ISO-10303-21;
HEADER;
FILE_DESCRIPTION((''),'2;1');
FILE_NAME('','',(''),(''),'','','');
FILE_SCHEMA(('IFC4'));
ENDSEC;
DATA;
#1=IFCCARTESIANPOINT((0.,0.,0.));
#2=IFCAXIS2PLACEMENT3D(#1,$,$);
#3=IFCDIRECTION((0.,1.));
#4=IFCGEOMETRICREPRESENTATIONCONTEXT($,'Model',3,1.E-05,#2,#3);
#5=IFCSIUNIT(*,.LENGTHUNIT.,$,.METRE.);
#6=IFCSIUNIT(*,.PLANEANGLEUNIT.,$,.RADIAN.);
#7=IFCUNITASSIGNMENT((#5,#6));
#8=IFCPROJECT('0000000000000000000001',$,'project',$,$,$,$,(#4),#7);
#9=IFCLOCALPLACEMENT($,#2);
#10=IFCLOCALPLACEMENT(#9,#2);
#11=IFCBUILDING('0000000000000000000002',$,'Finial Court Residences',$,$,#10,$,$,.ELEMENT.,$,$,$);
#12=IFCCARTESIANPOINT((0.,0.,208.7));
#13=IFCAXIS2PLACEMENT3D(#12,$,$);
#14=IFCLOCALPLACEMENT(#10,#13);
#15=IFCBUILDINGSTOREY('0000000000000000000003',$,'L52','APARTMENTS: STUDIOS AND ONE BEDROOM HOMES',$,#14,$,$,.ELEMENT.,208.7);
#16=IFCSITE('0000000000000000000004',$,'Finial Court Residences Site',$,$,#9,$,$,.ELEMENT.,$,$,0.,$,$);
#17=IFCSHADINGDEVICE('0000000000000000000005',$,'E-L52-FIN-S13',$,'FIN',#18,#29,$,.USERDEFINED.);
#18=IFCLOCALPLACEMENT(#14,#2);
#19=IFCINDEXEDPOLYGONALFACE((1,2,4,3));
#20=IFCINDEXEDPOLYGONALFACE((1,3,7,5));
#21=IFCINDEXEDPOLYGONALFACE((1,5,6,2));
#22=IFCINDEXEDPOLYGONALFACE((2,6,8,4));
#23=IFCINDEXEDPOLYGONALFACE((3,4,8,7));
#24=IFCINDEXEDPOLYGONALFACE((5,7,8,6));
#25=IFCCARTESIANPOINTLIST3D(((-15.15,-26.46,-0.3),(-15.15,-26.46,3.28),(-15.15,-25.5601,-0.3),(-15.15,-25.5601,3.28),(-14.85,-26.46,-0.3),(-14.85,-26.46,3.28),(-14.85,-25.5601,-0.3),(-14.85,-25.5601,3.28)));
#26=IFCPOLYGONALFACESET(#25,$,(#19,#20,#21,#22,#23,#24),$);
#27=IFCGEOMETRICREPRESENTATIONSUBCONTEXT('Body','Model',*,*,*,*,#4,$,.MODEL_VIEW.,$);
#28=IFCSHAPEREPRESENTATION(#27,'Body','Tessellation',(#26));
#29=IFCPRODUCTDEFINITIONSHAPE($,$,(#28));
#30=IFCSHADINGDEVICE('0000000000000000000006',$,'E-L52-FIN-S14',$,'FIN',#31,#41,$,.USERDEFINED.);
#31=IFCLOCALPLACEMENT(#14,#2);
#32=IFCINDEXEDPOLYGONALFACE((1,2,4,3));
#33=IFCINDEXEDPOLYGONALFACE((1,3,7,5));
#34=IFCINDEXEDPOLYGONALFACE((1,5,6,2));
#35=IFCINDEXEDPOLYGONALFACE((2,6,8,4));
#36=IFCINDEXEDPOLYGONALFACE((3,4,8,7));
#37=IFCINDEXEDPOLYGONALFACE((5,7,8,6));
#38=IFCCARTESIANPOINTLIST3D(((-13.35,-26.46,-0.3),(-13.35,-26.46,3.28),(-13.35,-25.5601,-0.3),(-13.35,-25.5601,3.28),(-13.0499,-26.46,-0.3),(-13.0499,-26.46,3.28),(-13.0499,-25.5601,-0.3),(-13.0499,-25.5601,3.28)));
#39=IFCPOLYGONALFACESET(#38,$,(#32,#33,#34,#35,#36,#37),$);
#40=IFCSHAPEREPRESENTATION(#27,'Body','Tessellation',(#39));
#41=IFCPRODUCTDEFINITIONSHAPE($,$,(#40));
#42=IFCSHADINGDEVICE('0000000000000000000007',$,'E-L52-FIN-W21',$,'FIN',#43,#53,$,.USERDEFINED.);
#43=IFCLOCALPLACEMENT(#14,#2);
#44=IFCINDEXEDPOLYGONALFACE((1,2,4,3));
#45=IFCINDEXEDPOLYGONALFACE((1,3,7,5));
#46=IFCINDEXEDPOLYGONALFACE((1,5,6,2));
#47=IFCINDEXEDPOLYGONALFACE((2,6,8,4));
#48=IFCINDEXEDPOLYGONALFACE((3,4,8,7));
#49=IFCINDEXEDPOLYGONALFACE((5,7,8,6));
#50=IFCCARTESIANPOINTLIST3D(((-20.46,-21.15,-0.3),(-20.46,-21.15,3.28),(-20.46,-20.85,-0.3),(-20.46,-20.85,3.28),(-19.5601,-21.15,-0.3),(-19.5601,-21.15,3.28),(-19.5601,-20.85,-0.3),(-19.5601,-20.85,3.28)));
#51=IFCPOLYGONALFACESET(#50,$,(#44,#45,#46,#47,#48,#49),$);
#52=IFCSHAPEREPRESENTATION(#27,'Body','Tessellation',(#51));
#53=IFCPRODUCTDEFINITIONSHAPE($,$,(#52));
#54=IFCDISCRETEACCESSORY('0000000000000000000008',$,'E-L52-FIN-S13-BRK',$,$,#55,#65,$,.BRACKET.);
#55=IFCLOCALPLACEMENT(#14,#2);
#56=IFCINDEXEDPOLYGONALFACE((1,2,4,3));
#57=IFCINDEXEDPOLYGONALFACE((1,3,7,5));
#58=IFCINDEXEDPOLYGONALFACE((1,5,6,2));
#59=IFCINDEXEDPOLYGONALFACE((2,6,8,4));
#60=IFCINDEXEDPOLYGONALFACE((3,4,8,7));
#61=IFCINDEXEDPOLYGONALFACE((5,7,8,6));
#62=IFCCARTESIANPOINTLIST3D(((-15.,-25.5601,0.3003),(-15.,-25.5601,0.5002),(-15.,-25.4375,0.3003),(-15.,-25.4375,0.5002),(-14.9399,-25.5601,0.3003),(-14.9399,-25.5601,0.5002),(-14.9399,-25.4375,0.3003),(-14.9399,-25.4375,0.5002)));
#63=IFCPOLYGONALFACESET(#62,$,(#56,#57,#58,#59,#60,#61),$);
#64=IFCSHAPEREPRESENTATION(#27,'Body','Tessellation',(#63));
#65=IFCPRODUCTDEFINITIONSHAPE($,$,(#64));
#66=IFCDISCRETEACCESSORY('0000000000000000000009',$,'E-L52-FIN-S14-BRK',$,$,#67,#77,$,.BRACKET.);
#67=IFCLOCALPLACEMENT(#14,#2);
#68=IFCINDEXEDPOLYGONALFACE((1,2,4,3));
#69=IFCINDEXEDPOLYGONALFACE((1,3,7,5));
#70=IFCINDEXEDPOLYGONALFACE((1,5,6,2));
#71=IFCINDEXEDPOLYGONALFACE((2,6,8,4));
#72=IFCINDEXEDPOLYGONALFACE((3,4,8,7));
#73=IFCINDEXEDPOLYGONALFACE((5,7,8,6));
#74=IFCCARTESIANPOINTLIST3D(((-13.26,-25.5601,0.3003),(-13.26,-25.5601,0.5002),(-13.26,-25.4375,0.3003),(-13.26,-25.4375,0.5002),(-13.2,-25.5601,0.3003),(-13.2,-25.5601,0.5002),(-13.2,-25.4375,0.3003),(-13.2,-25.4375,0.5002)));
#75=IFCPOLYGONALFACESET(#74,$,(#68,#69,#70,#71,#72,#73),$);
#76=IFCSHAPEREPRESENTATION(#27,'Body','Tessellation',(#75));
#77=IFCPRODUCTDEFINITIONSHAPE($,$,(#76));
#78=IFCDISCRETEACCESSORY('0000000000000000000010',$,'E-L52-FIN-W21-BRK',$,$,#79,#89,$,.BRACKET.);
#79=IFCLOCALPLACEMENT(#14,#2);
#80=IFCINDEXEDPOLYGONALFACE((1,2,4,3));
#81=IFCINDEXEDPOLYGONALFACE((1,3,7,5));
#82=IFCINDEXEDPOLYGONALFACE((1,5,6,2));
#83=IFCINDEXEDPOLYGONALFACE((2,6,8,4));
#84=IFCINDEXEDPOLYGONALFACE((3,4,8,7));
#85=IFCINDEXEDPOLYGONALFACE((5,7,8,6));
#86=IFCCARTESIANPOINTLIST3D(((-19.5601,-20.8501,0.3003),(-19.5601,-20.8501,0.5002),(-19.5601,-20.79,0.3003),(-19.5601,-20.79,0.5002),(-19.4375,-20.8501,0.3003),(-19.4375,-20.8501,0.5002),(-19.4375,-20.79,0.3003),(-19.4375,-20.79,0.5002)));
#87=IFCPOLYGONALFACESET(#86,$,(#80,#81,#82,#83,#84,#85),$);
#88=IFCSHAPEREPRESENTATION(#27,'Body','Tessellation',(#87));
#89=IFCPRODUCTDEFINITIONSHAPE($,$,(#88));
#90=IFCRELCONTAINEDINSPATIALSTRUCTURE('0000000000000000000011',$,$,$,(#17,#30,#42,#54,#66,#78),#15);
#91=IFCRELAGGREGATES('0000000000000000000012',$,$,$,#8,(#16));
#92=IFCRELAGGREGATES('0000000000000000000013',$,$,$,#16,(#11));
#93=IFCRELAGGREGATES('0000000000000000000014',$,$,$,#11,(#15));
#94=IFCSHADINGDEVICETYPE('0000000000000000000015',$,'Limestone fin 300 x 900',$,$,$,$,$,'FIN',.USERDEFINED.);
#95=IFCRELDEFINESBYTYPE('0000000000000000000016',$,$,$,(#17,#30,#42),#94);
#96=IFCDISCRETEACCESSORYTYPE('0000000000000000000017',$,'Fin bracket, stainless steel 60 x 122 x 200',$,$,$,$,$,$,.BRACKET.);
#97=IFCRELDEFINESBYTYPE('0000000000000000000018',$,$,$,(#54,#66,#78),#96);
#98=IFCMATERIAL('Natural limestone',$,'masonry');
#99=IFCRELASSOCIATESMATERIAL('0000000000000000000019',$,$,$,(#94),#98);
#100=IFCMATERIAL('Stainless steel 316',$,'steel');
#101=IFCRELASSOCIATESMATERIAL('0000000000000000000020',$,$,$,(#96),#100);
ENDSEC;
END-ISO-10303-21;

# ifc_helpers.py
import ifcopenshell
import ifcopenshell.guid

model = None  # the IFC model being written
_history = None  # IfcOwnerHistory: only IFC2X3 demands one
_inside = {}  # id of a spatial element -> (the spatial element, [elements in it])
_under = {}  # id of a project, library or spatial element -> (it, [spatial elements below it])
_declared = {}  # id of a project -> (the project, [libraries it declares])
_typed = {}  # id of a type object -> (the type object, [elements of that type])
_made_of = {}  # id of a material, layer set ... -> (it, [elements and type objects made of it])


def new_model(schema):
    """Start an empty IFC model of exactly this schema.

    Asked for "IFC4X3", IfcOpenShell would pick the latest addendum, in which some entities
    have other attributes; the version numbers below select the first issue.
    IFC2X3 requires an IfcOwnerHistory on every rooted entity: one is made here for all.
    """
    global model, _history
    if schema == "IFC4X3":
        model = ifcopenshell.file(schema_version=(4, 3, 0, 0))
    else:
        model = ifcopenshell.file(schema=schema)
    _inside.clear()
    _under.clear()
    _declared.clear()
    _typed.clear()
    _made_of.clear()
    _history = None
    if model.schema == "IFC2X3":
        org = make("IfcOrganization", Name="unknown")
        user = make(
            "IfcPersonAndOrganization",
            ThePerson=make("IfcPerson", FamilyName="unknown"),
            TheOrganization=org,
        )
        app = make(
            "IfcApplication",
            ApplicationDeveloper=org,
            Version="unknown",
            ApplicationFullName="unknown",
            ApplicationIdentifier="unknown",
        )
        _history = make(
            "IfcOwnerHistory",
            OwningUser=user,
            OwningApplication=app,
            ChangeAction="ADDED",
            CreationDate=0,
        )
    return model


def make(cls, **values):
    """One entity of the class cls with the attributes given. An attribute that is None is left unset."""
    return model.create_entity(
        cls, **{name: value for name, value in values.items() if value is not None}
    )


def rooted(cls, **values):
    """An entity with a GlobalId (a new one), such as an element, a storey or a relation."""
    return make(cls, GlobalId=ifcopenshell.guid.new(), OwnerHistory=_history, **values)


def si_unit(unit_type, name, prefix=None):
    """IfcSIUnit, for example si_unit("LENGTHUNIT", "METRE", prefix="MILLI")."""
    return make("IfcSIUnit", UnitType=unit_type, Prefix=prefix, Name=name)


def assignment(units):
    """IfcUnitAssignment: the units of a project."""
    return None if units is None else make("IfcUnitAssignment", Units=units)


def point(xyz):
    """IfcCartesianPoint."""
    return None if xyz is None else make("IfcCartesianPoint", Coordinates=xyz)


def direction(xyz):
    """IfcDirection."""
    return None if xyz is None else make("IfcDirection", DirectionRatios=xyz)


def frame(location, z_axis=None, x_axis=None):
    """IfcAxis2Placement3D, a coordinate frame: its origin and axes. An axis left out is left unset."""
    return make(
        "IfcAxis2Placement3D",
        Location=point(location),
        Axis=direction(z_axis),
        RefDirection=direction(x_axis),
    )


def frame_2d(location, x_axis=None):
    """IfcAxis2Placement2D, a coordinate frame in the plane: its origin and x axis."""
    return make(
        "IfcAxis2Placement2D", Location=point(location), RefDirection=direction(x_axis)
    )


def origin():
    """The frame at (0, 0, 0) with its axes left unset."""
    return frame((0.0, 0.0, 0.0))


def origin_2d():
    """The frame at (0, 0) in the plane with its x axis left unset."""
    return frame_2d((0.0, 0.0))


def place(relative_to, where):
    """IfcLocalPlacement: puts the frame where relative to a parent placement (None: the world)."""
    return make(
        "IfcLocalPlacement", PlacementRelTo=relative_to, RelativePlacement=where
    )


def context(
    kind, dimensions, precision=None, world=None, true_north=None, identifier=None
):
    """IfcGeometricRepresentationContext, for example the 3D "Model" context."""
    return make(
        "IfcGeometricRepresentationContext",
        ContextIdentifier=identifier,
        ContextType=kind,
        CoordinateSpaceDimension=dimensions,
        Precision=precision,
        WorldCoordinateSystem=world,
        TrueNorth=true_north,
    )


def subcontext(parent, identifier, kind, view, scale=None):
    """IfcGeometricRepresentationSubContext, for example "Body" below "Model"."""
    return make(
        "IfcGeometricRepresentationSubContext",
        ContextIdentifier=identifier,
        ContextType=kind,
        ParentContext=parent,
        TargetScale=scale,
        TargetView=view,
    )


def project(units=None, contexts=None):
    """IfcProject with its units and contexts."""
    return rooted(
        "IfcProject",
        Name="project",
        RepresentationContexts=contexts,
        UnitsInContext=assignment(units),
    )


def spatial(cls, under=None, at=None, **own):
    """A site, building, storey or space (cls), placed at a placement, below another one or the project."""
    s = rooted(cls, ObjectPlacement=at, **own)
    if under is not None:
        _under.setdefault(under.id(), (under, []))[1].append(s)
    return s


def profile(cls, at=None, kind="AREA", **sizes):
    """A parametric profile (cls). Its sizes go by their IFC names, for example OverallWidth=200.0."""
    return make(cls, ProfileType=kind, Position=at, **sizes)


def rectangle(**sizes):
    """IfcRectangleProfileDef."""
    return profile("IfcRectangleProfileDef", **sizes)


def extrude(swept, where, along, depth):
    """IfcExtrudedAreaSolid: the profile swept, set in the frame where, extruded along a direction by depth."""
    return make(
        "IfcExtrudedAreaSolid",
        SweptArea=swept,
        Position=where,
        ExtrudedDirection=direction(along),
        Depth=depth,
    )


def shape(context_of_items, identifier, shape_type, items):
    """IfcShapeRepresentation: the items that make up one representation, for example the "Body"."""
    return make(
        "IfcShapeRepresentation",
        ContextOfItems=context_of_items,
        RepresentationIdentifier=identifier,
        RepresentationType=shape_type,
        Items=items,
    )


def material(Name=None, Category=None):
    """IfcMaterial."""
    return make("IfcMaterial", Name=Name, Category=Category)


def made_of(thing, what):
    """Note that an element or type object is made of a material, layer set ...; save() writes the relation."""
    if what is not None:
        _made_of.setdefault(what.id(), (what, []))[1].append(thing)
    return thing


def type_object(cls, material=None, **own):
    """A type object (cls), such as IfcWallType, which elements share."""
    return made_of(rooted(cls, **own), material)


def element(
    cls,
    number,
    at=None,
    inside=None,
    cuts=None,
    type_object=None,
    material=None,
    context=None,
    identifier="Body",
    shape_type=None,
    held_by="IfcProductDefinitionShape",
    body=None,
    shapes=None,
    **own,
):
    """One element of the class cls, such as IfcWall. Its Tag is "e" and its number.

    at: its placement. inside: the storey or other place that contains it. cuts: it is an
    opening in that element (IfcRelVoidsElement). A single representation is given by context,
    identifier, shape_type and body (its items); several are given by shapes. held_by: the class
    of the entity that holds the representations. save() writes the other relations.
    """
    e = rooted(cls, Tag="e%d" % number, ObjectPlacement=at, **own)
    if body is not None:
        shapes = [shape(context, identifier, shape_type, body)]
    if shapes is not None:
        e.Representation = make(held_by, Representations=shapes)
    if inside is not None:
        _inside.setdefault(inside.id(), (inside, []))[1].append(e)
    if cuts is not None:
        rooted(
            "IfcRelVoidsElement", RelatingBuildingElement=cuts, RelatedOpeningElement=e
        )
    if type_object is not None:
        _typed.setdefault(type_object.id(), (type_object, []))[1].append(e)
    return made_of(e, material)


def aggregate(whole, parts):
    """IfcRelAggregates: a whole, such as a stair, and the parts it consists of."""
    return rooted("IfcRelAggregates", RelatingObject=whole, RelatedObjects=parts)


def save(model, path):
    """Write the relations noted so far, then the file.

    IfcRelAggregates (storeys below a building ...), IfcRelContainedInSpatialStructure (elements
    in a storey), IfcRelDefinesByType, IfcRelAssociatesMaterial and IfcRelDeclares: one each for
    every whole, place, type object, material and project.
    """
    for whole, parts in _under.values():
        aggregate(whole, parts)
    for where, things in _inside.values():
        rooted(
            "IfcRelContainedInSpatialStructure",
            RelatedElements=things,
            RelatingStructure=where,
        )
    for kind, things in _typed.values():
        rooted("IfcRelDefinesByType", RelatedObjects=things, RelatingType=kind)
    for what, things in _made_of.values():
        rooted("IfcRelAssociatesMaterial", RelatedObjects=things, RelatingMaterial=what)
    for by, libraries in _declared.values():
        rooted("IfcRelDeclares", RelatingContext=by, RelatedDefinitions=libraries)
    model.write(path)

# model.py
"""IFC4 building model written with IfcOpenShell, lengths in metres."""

from ifc_helpers import new_model, si_unit, direction, frame, origin, origin_2d, place, context, subcontext, project, spatial, rectangle, extrude, material, type_object, element, save


model = new_model("IFC4")

# Units and contexts
model_context = context("Model", 3, precision=1e-05, world=origin(), true_north=direction((0.0, 1.0)))
body_context = subcontext(model_context, "Body", "Model", "MODEL_VIEW")
ifc_project = project(units=[si_unit("LENGTHUNIT", "METRE"), si_unit("PLANEANGLEUNIT", "RADIAN")], contexts=[model_context])

# Site, building, storey
site_placement = place(None, origin())
site = spatial("IfcSite", under=ifc_project, at=site_placement, Name="Finial Court Residences Site", CompositionType="ELEMENT", RefElevation=0.0)
building_placement = place(site_placement, origin())
building = spatial("IfcBuilding", under=site, at=building_placement, Name="Finial Court Residences", CompositionType="ELEMENT")
storey_placement = place(building_placement, frame((0.0, 0.0, 208.7)))
storey = spatial("IfcBuildingStorey", under=building, at=storey_placement, Name="L52", Description="APARTMENTS: STUDIOS AND ONE BEDROOM HOMES", CompositionType="ELEMENT", Elevation=208.7)

# Shared definitions
ifc_material_1 = material(Name="Natural limestone", Category="masonry")

# Shading devices
shading_device_type = type_object("IfcShadingDeviceType", Name="Limestone fin 300 x 900", ElementType="FIN", PredefinedType="USERDEFINED", material=ifc_material_1)
for number, where, z_axis, x_axis, name in (
    (1, (-15.0, -26.01, -0.3), (0.0, 0.0, 1.0), (1.0, 0.0, 0.0), "E-L52-FIN-S13"),
    (2, (-13.2, -26.01, -0.3), (0.0, 0.0, 1.0), (1.0, 0.0, 0.0), "E-L52-FIN-S14"),
):
    element("IfcShadingDevice", number, at=place(storey_placement, frame(where, z_axis=z_axis, x_axis=x_axis)), inside=storey, type_object=shading_device_type, Name=name, ObjectType="FIN", PredefinedType="USERDEFINED", context=body_context, shape_type="SweptSolid", body=[
        extrude(rectangle(XDim=0.3, YDim=0.8999, at=origin_2d()), origin(), (0.0, 0.0, 1.0), 3.5801),
    ])
shading_device_placement = place(storey_placement, frame((-20.01, -21.0, -0.3), z_axis=(0.0, 0.0, 1.0), x_axis=(1.0, 0.0, 0.0)))
element("IfcShadingDevice", 3, at=shading_device_placement, inside=storey, type_object=shading_device_type, Name="E-L52-FIN-W21", ObjectType="FIN", PredefinedType="USERDEFINED", context=body_context, shape_type="SweptSolid", body=[
    extrude(rectangle(XDim=0.8999, YDim=0.3, at=origin_2d()), origin(), (0.0, 0.0, 1.0), 3.5801),
])

# Discrete accessories
ifc_material_2 = material(Name="Stainless steel 316", Category="steel")
discrete_accessory_type = type_object("IfcDiscreteAccessoryType", Name="Fin bracket, stainless steel 60 x 122 x 200", PredefinedType="BRACKET", material=ifc_material_2)
for number, where, z_axis, x_axis, name in (
    (4, (-14.97, -25.4988, 0.3003), (0.0, 0.0, 1.0), (1.0, 0.0, 0.0), "E-L52-FIN-S13-BRK"),
    (5, (-13.23, -25.4988, 0.3003), (0.0, 0.0, 1.0), (1.0, 0.0, 0.0), "E-L52-FIN-S14-BRK"),
):
    element("IfcDiscreteAccessory", number, at=place(storey_placement, frame(where, z_axis=z_axis, x_axis=x_axis)), inside=storey, type_object=discrete_accessory_type, Name=name, PredefinedType="BRACKET", context=body_context, shape_type="SweptSolid", body=[
        extrude(rectangle(XDim=0.0601, YDim=0.1226, at=origin_2d()), origin(), (0.0, 0.0, 1.0), 0.2),
    ])
discrete_accessory_placement = place(storey_placement, frame((-19.4988, -20.8201, 0.3003), z_axis=(0.0, 0.0, 1.0), x_axis=(1.0, 0.0, 0.0)))
element("IfcDiscreteAccessory", 6, at=discrete_accessory_placement, inside=storey, type_object=discrete_accessory_type, Name="E-L52-FIN-W21-BRK", PredefinedType="BRACKET", context=body_context, shape_type="SweptSolid", body=[
    extrude(rectangle(XDim=0.1226, YDim=0.0601, at=origin_2d()), origin(), (0.0, 0.0, 1.0), 0.2),
])

save(model, "model.ifc")
